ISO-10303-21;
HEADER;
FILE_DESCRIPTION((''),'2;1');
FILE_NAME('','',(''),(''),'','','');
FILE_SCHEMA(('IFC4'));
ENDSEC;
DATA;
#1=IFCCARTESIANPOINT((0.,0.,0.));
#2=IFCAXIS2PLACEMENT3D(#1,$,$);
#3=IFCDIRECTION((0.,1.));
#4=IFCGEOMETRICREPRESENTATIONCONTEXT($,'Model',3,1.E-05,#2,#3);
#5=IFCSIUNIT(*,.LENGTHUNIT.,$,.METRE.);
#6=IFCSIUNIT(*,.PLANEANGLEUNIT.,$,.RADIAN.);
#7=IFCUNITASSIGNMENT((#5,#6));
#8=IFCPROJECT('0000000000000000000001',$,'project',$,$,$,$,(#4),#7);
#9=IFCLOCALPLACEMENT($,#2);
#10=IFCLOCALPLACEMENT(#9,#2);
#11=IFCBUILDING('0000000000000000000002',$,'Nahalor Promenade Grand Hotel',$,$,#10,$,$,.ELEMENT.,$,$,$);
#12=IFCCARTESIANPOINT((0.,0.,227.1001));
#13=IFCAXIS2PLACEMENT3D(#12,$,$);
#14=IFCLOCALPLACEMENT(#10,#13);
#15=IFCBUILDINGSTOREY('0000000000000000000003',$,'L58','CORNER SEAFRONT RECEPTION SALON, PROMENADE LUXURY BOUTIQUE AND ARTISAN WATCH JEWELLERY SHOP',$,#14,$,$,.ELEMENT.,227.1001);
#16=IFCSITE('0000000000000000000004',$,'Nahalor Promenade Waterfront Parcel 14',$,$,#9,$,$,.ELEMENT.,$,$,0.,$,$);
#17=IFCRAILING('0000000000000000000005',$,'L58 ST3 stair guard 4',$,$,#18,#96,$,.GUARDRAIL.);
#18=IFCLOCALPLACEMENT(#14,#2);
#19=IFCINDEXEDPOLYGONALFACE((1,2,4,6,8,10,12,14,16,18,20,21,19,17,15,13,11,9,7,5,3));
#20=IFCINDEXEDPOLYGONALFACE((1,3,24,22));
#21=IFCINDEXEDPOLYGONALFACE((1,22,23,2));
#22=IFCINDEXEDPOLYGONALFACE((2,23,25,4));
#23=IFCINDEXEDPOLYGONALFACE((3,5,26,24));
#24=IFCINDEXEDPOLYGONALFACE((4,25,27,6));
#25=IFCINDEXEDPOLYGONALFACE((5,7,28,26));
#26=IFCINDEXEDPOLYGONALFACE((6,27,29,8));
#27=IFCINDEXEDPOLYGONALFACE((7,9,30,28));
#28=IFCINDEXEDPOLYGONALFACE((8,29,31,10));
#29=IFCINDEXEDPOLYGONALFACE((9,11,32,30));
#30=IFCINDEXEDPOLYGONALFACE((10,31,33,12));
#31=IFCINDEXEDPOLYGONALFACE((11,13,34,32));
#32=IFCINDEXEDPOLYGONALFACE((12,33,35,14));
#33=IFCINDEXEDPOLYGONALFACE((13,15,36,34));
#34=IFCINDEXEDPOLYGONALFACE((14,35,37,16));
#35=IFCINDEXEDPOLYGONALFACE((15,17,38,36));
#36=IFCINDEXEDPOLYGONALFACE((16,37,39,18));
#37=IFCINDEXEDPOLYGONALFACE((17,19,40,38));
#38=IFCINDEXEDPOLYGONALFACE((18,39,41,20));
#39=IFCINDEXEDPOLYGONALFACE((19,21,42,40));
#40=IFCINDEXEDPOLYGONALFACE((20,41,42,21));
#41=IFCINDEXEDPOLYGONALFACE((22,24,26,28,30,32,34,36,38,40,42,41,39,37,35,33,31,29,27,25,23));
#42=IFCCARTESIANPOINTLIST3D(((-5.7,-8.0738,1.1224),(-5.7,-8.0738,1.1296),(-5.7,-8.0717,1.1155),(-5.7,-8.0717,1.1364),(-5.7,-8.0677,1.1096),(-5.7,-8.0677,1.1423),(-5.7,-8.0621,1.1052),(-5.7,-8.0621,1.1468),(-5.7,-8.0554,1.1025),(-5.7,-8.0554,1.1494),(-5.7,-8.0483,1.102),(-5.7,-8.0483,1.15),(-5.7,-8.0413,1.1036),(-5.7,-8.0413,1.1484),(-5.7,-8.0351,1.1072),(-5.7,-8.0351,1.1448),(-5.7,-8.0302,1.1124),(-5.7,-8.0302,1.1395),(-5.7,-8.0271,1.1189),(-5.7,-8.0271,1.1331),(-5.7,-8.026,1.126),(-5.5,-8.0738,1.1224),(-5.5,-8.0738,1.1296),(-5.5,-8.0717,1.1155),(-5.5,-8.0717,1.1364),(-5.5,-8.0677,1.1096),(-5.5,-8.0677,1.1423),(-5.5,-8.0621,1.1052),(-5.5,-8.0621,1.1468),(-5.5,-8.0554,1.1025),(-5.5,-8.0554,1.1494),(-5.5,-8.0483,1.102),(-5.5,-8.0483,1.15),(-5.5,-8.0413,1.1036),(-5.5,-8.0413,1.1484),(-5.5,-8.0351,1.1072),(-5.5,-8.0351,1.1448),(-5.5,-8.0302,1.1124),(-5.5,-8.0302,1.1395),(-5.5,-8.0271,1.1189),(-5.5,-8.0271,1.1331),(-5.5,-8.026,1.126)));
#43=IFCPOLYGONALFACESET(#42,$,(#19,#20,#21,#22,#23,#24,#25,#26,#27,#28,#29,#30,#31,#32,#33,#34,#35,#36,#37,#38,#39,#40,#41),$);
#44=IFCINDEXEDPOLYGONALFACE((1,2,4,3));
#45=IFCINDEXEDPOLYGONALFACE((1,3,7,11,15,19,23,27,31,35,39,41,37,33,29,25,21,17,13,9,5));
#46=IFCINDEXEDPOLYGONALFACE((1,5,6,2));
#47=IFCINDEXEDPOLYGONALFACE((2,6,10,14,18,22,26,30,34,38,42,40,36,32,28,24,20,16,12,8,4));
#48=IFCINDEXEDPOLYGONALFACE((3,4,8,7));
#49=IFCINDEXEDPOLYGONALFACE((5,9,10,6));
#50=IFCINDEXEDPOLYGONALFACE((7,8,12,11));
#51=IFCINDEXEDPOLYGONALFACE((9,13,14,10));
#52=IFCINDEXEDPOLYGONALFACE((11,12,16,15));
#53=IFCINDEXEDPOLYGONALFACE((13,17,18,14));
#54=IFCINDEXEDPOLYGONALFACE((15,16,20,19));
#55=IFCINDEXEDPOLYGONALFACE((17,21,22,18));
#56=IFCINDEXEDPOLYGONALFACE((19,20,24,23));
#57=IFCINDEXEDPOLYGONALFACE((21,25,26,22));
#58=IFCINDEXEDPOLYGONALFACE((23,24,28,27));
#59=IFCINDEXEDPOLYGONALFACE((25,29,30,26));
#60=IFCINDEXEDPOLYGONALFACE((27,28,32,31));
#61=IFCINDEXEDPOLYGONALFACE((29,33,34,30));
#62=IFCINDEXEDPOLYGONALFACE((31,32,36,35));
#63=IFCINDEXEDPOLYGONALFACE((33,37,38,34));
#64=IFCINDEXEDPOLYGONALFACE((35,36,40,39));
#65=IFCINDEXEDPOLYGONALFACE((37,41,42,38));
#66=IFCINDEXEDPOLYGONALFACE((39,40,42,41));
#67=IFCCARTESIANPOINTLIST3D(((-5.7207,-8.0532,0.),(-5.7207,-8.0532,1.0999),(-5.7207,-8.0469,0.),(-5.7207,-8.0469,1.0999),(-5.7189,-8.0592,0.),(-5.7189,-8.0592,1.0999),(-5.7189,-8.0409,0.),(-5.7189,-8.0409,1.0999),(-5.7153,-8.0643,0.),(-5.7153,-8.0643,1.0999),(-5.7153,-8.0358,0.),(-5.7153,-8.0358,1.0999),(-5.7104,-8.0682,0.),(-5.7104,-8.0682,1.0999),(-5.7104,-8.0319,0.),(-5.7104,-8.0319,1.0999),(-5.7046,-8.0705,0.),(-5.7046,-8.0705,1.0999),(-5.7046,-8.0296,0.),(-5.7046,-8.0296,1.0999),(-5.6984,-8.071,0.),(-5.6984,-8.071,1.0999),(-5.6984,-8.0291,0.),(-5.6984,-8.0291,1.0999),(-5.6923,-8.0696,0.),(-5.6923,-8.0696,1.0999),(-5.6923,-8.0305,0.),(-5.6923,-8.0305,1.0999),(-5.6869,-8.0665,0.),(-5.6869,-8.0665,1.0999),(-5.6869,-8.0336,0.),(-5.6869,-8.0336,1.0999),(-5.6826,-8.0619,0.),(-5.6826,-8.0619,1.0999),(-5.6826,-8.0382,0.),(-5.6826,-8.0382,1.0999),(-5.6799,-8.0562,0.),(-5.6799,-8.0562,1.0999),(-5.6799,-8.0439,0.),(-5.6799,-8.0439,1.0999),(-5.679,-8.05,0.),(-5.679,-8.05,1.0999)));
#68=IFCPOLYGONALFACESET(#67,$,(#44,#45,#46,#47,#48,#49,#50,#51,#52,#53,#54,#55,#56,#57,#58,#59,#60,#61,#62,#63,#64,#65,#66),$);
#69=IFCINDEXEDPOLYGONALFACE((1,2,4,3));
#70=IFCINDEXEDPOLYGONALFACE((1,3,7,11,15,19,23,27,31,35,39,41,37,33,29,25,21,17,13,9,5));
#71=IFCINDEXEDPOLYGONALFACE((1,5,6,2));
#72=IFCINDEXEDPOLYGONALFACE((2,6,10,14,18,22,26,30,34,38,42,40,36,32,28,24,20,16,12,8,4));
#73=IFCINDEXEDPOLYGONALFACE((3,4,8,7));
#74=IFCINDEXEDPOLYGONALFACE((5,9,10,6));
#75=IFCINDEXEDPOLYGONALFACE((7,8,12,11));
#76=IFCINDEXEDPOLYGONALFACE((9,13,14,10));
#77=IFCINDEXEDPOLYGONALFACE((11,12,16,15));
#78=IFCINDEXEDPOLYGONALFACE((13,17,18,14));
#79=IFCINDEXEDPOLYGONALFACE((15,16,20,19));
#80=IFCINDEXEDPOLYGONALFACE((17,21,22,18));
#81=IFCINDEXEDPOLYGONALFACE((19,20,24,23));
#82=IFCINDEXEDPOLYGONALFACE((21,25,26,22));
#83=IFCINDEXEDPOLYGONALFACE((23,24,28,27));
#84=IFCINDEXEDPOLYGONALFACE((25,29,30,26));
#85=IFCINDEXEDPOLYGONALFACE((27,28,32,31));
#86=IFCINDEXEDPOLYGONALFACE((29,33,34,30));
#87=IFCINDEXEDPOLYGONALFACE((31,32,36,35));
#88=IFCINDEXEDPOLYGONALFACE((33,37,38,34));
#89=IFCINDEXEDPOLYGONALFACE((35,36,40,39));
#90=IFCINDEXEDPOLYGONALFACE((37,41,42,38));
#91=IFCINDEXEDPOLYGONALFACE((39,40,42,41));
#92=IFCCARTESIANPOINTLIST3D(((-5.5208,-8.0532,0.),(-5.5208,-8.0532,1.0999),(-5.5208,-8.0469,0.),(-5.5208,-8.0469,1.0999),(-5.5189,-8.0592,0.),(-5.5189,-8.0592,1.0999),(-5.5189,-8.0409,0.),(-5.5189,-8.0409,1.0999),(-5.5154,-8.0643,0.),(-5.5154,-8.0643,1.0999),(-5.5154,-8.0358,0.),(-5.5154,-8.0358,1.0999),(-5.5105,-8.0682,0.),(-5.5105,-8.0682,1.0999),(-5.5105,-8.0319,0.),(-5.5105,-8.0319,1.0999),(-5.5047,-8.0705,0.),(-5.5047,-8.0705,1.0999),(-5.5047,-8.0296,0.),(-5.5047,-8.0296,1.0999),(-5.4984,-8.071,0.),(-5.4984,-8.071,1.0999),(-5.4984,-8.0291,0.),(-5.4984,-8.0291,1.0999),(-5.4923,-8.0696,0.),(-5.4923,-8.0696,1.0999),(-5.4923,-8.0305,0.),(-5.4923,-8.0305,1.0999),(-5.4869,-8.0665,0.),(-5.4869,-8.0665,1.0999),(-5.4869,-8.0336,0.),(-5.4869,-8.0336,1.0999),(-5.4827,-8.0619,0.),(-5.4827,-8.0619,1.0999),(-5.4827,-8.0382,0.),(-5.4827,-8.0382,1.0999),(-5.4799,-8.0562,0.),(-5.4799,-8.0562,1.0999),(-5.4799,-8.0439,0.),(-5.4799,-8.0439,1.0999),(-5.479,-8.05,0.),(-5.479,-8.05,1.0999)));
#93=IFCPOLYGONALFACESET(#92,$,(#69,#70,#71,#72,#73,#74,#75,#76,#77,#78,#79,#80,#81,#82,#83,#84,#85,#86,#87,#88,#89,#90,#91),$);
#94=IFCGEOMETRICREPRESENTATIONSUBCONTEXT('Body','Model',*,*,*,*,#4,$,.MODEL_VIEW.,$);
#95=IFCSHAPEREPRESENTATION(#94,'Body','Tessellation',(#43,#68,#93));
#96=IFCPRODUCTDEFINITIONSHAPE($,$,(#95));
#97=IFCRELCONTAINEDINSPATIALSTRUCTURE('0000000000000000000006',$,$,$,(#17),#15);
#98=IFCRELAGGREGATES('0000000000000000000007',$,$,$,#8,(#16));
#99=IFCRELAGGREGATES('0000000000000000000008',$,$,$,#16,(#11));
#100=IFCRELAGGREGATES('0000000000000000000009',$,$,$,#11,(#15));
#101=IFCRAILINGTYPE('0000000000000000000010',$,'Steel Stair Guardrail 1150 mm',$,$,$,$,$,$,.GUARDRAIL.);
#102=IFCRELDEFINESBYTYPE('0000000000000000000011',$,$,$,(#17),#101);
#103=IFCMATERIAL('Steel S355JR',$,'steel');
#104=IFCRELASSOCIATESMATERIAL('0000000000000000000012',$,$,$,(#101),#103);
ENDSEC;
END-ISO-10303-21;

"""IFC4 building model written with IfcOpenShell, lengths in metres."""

from ifc_helpers import new_model, si_unit, direction, frame, origin, origin_2d, place, context, subcontext, project, spatial, circle, extrude, material, type_object, element, save


model = new_model("IFC4")

# Units and contexts
model_context = context("Model", 3, precision=1e-05, world=origin(), true_north=direction((0.0, 1.0)))
body_context = subcontext(model_context, "Body", "Model", "MODEL_VIEW")
ifc_project = project(units=[si_unit("LENGTHUNIT", "METRE"), si_unit("PLANEANGLEUNIT", "RADIAN")], contexts=[model_context])

# Site, building, storey
site_placement = place(None, origin())
site = spatial("IfcSite", under=ifc_project, at=site_placement, Name="Nahalor Promenade Waterfront Parcel 14", CompositionType="ELEMENT", RefElevation=0.0)
building_placement = place(site_placement, origin())
building = spatial("IfcBuilding", under=site, at=building_placement, Name="Nahalor Promenade Grand Hotel", CompositionType="ELEMENT")
storey_placement = place(building_placement, frame((0.0, 0.0, 227.1001)))
storey = spatial("IfcBuildingStorey", under=building, at=storey_placement, Name="L58", Description="CORNER SEAFRONT RECEPTION SALON, PROMENADE LUXURY BOUTIQUE AND ARTISAN WATCH JEWELLERY SHOP", CompositionType="ELEMENT", Elevation=227.1001)

# Shared definitions
ifc_material_1 = material(Name="Steel S355JR", Category="steel")

# Railing
railing_type_1 = type_object("IfcRailingType", Name="Steel Stair Guardrail 1150 mm", PredefinedType="GUARDRAIL", material=ifc_material_1)
railing_1_placement = place(storey_placement, frame((-5.7, -8.05, 0.0)))
element("IfcRailing", 1, at=railing_1_placement, inside=storey, type_object=railing_type_1, Name="L58 ST3 stair guard 4", PredefinedType="GUARDRAIL", context=body_context, shape_type="SweptSolid", body=[
    extrude(circle(Radius=0.024, at=origin_2d()), frame((0.0, 0.0, 1.126), z_axis=(1.0, 0.0, 0.0), x_axis=(0.0, 1.0, 0.0)), (0.0, 0.0, 1.0), 0.2),
    extrude(circle(Radius=0.021, at=origin_2d()), origin(), (0.0, 0.0, 1.0), 1.0999),
    extrude(circle(Radius=0.021, at=origin_2d()), frame((0.2, 0.0, 0.0)), (0.0, 0.0, 1.0), 1.0999),
])

save(model, "model.ifc")
